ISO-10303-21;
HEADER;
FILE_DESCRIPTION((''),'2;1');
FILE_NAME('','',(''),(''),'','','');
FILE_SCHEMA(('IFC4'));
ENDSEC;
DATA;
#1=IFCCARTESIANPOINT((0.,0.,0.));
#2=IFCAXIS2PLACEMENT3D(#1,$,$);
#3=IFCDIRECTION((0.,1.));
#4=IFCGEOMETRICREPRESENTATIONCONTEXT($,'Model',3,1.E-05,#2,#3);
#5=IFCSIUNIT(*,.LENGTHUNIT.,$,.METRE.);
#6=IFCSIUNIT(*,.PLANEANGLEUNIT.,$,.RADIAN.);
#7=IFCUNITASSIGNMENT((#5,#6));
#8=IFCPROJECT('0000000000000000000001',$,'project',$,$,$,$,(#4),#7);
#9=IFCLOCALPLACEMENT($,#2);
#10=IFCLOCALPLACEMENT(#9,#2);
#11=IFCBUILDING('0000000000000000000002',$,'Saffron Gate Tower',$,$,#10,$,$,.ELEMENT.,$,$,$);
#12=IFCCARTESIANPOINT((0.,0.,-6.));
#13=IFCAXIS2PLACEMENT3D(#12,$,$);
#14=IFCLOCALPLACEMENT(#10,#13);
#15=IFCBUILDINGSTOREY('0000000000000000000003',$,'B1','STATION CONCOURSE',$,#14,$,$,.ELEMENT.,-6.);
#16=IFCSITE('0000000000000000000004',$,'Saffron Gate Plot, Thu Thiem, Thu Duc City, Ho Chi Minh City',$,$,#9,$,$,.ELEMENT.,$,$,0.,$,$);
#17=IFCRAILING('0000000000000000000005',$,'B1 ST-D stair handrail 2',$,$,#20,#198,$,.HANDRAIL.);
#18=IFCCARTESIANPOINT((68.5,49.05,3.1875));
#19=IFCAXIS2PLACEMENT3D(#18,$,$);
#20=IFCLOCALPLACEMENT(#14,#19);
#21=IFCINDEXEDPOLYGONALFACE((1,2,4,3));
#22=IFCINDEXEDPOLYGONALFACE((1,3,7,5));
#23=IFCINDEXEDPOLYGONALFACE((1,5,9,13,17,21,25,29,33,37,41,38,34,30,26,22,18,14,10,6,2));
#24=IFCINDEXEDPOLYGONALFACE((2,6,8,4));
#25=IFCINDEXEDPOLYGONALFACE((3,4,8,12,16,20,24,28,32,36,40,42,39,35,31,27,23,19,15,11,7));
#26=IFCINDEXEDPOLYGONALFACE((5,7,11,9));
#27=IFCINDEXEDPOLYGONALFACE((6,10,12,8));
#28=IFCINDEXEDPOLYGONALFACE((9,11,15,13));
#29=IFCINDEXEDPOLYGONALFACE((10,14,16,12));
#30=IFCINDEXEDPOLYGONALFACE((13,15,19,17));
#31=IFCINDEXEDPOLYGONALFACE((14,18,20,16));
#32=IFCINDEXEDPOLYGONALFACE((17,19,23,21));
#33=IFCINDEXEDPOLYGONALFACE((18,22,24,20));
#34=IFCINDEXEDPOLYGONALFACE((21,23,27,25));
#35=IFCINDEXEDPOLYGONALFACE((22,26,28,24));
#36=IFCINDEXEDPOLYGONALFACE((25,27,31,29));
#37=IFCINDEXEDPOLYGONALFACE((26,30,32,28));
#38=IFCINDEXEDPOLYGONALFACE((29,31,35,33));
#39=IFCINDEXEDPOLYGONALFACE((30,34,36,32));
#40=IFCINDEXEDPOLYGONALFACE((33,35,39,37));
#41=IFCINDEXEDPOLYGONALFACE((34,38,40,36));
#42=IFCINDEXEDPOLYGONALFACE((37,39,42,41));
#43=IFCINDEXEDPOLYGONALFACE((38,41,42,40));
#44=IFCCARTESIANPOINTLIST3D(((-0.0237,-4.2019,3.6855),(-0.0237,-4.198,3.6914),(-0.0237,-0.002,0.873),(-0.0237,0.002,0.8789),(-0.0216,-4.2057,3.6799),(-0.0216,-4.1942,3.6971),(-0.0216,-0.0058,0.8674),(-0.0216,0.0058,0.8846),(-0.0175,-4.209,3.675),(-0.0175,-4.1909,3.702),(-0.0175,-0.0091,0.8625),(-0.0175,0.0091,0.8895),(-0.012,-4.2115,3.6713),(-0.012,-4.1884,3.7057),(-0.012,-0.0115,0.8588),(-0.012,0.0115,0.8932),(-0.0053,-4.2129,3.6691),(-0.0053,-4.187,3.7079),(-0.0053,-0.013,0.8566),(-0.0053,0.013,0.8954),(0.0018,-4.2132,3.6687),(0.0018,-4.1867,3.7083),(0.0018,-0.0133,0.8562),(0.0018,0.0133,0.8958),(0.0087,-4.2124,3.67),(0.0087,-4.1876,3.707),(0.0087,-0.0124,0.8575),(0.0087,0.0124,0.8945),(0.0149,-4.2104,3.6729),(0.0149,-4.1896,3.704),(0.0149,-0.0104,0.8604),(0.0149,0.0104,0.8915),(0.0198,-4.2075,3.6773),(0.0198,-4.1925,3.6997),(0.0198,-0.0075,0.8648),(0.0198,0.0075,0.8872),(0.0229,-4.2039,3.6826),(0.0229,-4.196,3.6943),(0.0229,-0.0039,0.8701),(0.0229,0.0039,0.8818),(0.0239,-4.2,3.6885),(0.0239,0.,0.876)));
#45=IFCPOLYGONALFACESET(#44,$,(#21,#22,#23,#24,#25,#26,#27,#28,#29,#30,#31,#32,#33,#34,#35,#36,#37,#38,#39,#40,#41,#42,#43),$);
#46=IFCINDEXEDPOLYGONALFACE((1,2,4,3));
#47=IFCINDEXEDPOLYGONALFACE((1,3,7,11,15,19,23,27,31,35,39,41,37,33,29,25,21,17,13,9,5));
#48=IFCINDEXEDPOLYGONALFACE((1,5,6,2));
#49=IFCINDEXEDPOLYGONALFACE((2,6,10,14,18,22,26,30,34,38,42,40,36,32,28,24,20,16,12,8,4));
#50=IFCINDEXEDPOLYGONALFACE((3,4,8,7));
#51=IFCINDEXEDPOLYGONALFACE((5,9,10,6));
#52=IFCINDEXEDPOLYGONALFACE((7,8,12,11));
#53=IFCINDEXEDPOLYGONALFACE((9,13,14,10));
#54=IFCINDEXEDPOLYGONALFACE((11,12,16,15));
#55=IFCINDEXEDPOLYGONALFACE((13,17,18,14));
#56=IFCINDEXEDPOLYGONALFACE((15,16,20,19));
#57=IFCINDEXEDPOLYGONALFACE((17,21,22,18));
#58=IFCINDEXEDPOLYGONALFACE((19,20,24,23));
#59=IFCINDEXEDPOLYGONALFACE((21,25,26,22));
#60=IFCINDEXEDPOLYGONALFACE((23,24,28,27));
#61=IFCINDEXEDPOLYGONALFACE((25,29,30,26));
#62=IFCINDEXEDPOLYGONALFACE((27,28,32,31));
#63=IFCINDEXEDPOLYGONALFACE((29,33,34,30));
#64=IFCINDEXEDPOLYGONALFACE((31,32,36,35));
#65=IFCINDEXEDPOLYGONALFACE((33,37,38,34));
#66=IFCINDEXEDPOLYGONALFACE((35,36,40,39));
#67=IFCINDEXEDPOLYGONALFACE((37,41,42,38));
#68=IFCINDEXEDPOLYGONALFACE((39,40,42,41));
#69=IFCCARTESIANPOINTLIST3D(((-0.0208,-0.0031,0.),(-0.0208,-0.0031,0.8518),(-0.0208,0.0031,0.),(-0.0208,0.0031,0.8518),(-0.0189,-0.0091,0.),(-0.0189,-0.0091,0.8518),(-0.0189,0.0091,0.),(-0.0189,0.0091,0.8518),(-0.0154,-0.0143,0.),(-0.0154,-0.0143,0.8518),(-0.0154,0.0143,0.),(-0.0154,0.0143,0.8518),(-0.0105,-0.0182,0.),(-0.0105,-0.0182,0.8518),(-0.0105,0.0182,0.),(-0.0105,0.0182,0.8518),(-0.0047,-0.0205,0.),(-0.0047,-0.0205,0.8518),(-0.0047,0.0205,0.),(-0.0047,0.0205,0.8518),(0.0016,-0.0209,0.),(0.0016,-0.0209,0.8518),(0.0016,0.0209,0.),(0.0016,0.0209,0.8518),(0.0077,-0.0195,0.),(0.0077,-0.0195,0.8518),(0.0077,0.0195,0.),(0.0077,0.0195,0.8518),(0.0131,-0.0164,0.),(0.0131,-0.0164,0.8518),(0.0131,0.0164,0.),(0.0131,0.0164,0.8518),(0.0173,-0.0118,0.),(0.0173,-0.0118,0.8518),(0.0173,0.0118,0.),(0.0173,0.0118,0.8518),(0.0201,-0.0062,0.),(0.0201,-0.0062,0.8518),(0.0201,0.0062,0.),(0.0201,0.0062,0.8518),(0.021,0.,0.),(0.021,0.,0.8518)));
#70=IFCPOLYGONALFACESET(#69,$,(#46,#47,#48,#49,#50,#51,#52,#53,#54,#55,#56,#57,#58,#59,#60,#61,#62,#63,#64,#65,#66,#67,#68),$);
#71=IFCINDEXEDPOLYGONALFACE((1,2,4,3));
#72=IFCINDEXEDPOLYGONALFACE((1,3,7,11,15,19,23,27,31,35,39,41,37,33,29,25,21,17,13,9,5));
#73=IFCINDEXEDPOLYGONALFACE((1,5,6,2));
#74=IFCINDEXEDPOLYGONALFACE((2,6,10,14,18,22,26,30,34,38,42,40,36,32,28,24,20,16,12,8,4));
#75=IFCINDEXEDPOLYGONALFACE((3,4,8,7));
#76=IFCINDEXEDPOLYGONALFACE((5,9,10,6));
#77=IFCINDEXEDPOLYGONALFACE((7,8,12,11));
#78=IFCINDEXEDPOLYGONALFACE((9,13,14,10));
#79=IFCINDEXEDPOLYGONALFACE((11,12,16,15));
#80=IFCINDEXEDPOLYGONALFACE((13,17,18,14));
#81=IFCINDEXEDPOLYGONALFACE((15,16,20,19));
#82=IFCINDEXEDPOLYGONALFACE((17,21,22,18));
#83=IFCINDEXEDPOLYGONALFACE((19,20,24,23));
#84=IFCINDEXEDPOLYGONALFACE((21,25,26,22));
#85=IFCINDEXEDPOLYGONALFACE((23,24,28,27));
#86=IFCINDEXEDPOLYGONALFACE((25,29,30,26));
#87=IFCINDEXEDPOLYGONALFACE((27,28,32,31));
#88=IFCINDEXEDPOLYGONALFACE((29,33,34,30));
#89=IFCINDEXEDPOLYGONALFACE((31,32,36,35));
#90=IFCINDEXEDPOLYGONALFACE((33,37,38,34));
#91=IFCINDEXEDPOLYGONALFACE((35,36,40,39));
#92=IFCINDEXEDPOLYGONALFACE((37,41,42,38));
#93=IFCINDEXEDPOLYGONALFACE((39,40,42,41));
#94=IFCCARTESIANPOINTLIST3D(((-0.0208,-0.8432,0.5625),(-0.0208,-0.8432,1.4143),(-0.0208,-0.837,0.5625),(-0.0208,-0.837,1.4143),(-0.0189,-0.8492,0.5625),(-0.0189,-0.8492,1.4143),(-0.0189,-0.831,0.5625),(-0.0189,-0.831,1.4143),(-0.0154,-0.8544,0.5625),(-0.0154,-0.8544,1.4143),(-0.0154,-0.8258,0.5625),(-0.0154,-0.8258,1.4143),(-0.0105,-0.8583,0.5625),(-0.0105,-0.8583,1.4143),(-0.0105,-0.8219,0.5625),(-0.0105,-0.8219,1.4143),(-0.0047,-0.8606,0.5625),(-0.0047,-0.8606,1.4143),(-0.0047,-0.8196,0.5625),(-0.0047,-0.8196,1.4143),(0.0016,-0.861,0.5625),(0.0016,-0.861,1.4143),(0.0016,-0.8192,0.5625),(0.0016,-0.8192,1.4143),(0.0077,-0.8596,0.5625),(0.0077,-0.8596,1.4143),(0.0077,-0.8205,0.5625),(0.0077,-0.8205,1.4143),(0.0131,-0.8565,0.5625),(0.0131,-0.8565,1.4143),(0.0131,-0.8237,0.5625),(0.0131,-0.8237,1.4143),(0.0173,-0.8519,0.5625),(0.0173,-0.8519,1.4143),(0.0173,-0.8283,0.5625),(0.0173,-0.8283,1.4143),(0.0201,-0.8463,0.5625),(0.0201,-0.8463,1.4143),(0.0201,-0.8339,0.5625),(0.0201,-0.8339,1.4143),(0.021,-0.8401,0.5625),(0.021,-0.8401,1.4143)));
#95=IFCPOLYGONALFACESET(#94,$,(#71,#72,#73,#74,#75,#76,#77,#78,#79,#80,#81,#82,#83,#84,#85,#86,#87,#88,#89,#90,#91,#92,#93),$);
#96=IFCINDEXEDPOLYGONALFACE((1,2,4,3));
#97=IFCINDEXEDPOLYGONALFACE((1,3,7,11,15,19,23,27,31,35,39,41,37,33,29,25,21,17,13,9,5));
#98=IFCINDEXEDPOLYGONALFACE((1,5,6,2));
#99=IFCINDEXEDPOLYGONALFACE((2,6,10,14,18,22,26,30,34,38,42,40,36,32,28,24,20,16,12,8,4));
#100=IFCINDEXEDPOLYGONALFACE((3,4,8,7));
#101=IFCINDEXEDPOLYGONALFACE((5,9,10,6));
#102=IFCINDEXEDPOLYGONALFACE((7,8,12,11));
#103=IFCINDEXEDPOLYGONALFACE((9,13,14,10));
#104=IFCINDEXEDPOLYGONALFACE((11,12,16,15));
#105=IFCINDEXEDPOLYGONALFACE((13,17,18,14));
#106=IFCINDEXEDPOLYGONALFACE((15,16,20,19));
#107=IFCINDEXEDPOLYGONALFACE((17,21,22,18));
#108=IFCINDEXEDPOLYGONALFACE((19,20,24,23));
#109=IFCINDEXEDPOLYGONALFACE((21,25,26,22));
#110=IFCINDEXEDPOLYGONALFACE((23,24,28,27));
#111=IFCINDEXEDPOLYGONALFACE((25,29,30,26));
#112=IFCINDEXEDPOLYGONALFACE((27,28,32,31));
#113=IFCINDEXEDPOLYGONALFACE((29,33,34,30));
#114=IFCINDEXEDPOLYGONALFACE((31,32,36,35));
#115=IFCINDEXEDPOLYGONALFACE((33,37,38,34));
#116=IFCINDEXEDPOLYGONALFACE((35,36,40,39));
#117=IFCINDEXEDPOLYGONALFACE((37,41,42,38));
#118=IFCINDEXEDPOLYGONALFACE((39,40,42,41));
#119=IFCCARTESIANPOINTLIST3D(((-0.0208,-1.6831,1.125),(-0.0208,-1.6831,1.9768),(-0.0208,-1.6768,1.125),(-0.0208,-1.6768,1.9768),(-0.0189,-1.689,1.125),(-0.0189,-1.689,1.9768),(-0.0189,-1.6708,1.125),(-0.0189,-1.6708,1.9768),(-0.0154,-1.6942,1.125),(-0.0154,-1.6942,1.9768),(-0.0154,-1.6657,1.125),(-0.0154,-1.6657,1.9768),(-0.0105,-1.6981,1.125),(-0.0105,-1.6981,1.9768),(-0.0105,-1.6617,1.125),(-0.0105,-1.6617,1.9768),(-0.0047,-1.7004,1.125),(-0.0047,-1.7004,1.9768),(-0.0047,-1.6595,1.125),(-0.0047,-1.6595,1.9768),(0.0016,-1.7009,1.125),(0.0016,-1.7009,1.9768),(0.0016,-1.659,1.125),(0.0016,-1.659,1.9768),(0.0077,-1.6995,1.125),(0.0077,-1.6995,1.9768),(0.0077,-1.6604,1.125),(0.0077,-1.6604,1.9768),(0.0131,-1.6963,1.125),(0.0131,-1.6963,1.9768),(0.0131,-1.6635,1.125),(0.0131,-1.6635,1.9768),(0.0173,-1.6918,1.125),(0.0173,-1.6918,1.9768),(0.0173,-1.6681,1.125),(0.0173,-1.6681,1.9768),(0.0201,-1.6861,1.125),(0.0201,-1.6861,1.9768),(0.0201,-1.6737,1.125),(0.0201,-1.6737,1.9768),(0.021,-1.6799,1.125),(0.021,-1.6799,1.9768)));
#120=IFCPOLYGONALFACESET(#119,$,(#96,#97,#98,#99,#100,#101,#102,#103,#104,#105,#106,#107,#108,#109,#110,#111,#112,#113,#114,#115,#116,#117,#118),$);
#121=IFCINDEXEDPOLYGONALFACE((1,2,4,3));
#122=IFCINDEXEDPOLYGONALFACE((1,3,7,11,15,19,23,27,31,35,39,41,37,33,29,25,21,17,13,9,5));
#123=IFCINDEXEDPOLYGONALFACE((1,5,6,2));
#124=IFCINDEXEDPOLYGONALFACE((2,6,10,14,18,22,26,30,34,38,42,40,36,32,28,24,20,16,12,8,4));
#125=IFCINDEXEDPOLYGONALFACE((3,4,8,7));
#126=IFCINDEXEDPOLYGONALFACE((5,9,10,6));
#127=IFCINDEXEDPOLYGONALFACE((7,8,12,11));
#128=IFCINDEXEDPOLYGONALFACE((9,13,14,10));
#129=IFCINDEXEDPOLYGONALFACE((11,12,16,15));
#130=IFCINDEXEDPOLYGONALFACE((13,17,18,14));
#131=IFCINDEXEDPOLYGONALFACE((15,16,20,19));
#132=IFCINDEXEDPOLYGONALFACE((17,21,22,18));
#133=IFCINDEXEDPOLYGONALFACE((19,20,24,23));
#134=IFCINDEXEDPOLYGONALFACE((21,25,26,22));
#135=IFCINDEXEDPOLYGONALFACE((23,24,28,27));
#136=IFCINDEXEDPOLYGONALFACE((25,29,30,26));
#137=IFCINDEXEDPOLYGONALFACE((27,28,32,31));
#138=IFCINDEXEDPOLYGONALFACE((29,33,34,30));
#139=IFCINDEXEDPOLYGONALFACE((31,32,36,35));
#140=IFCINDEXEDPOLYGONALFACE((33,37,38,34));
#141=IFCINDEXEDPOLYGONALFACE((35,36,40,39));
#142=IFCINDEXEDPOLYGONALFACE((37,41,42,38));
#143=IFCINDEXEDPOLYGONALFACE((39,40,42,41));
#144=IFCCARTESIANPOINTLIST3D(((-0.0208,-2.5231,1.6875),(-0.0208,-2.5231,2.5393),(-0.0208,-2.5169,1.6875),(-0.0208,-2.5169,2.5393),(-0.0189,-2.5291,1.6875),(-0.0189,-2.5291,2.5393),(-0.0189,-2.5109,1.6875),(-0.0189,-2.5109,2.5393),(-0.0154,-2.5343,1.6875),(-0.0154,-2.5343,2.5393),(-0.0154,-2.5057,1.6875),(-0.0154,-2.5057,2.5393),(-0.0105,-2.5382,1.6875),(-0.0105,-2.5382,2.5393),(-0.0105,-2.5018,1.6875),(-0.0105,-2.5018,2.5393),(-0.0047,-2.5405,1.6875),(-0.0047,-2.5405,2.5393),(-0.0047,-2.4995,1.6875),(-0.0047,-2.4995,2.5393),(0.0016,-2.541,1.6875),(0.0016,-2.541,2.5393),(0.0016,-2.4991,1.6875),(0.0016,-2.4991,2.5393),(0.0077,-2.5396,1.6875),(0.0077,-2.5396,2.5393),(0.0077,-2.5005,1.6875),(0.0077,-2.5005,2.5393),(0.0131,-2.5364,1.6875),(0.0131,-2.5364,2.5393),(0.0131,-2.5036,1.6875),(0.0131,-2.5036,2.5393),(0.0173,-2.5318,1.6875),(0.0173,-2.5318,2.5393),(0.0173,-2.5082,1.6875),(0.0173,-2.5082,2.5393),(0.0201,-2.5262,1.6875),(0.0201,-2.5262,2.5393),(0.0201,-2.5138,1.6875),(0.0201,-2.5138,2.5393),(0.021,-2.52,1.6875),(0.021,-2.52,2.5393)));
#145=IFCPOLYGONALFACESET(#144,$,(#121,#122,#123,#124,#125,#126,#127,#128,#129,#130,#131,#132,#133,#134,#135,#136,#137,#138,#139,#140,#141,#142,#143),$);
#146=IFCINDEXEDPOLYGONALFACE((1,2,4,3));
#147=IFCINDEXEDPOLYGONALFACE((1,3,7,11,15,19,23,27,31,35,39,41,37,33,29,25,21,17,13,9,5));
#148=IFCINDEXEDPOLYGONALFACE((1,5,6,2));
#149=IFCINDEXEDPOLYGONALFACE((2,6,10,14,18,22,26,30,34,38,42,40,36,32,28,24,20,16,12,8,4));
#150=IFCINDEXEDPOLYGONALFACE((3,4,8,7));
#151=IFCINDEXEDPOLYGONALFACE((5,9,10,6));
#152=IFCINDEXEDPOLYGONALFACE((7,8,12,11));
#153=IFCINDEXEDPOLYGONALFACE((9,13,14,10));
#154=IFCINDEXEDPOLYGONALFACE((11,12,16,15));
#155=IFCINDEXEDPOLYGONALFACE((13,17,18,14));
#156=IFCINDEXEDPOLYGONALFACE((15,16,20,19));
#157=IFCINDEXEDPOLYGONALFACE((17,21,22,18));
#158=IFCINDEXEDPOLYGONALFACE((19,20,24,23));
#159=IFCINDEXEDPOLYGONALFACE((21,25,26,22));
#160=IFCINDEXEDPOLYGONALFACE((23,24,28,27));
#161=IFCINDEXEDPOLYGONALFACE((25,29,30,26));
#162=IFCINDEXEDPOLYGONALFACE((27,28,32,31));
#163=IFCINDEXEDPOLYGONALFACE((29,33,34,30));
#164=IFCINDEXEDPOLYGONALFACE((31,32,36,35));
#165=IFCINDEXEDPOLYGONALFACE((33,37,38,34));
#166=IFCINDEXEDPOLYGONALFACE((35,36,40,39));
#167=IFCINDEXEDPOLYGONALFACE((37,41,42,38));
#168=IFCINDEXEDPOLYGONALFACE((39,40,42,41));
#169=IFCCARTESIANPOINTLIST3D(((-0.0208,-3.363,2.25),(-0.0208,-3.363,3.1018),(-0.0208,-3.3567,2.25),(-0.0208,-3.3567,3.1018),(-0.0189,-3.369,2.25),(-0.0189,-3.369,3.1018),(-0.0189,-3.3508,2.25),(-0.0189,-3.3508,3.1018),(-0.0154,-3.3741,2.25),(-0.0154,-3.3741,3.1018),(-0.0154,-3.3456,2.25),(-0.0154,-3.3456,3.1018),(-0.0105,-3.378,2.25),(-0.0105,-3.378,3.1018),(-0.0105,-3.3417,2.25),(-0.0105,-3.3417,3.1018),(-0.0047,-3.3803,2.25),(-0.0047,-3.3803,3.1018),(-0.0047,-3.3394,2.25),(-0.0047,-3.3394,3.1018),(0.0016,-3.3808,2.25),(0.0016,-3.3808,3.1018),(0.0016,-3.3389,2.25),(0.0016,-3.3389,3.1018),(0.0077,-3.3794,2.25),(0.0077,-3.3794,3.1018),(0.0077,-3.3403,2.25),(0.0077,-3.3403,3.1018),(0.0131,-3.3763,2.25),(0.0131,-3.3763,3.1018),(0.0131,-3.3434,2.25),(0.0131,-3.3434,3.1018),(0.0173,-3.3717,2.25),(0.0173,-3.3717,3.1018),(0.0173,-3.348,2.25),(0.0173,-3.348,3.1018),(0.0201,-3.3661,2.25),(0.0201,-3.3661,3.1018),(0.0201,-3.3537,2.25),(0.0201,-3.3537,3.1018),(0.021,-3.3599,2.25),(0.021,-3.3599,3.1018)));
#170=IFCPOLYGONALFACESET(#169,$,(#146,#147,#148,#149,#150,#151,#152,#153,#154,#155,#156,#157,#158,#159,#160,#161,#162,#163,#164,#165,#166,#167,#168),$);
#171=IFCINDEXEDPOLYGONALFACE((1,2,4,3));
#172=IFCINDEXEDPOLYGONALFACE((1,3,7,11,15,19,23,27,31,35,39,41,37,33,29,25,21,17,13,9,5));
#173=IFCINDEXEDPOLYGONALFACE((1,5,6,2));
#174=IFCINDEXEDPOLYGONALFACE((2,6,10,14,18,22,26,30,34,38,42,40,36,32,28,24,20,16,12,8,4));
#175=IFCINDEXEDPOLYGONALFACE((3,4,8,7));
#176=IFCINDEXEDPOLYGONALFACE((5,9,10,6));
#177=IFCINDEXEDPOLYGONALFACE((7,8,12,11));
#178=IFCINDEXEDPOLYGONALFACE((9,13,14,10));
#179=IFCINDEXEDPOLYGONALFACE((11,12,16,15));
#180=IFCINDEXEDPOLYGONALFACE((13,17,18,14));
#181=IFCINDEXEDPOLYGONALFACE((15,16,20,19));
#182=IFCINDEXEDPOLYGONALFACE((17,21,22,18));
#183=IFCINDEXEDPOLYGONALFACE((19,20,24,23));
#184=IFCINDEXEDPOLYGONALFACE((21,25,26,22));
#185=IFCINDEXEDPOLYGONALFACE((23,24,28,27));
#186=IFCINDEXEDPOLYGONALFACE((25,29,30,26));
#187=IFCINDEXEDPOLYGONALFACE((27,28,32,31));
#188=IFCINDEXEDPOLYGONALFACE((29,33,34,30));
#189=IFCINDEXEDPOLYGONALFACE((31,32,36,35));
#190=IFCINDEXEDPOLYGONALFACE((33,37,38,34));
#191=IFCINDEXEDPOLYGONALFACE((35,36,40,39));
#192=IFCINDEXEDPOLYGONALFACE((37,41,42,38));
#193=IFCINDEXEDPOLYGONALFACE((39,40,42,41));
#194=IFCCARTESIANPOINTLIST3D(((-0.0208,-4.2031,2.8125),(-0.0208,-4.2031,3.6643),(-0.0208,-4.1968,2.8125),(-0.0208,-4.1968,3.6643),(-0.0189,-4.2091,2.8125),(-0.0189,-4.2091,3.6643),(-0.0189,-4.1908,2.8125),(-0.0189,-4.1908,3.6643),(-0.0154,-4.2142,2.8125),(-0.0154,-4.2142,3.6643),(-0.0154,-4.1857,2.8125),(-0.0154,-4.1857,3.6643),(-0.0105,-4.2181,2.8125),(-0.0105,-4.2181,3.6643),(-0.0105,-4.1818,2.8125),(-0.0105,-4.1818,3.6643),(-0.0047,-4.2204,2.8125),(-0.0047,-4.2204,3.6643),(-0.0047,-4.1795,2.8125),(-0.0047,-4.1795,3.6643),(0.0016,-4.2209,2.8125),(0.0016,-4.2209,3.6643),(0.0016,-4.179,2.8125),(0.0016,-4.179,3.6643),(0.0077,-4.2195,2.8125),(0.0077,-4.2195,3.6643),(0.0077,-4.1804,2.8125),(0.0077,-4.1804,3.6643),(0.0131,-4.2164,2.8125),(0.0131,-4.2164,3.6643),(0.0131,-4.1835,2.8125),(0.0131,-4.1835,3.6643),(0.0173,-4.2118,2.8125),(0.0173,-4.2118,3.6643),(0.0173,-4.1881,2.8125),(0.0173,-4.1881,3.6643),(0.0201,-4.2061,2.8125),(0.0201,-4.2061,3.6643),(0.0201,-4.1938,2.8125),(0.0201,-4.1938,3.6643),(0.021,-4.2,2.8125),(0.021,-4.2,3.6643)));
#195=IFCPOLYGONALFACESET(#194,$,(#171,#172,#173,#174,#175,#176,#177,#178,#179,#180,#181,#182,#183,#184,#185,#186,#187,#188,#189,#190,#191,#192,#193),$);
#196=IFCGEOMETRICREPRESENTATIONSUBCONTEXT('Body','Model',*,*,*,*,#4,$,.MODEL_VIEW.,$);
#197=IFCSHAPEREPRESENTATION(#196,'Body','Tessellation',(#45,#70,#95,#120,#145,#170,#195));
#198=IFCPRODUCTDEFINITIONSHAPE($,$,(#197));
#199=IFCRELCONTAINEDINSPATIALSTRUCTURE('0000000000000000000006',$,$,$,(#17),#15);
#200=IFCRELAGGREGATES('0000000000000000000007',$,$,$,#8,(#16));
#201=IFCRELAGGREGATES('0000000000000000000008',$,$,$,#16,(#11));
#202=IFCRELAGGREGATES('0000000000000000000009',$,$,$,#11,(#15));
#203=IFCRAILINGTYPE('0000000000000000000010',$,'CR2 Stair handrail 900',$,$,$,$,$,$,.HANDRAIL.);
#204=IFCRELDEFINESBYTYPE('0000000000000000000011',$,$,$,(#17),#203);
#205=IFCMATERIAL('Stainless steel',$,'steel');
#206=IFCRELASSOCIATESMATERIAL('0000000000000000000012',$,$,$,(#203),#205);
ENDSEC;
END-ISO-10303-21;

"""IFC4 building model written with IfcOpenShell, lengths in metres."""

from ifc_helpers import new_model, si_unit, direction, frame, origin, origin_2d, place, context, subcontext, project, spatial, circle, extrude, material, type_object, element, save


model = new_model("IFC4")

# Units and contexts
model_context = context("Model", 3, precision=1e-05, world=origin(), true_north=direction((0.0, 1.0)))
body_context = subcontext(model_context, "Body", "Model", "MODEL_VIEW")
ifc_project = project(units=[si_unit("LENGTHUNIT", "METRE"), si_unit("PLANEANGLEUNIT", "RADIAN")], contexts=[model_context])

# Site, building, storey
site_placement = place(None, origin())
site = spatial("IfcSite", under=ifc_project, at=site_placement, Name="Saffron Gate Plot, Thu Thiem, Thu Duc City, Ho Chi Minh City", CompositionType="ELEMENT", RefElevation=0.0)
building_placement = place(site_placement, origin())
building = spatial("IfcBuilding", under=site, at=building_placement, Name="Saffron Gate Tower", CompositionType="ELEMENT")
storey_placement = place(building_placement, frame((0.0, 0.0, -6.0)))
storey = spatial("IfcBuildingStorey", under=building, at=storey_placement, Name="B1", Description="STATION CONCOURSE", CompositionType="ELEMENT", Elevation=-6.0)

# Railing
ifc_material_1 = material(Name="Stainless steel", Category="steel")
railing_type_1 = type_object("IfcRailingType", Name="CR2 Stair handrail 900", PredefinedType="HANDRAIL", material=ifc_material_1)
railing_1_placement = place(storey_placement, frame((68.5, 49.05, 3.1875)))
element("IfcRailing", 1, at=railing_1_placement, inside=storey, type_object=railing_type_1, Name="B1 ST-D stair handrail 2", PredefinedType="HANDRAIL", context=body_context, shape_type="SweptSolid", body=[
    extrude(circle(Radius=0.0239, at=origin_2d()), frame((0.0, 0.0, 0.876), z_axis=(0.0, -0.830904, 0.556416), x_axis=(1.0, 0.0, 0.0)), (0.0, 0.0, 1.0), 5.0547),
    extrude(circle(Radius=0.021, at=origin_2d()), origin(), (0.0, 0.0, 1.0), 0.8518),
    extrude(circle(Radius=0.021, at=origin_2d()), frame((0.0, -0.8401, 0.5625)), (0.0, 0.0, 1.0), 0.8518),
    extrude(circle(Radius=0.021, at=origin_2d()), frame((0.0, -1.6799, 1.125)), (0.0, 0.0, 1.0), 0.8518),
    extrude(circle(Radius=0.021, at=origin_2d()), frame((0.0, -2.52, 1.6875)), (0.0, 0.0, 1.0), 0.8518),
    extrude(circle(Radius=0.021, at=origin_2d()), frame((0.0, -3.3599, 2.25)), (0.0, 0.0, 1.0), 0.8518),
    extrude(circle(Radius=0.021, at=origin_2d()), frame((0.0, -4.2, 2.8125)), (0.0, 0.0, 1.0), 0.8518),
])

save(model, "model.ifc")
